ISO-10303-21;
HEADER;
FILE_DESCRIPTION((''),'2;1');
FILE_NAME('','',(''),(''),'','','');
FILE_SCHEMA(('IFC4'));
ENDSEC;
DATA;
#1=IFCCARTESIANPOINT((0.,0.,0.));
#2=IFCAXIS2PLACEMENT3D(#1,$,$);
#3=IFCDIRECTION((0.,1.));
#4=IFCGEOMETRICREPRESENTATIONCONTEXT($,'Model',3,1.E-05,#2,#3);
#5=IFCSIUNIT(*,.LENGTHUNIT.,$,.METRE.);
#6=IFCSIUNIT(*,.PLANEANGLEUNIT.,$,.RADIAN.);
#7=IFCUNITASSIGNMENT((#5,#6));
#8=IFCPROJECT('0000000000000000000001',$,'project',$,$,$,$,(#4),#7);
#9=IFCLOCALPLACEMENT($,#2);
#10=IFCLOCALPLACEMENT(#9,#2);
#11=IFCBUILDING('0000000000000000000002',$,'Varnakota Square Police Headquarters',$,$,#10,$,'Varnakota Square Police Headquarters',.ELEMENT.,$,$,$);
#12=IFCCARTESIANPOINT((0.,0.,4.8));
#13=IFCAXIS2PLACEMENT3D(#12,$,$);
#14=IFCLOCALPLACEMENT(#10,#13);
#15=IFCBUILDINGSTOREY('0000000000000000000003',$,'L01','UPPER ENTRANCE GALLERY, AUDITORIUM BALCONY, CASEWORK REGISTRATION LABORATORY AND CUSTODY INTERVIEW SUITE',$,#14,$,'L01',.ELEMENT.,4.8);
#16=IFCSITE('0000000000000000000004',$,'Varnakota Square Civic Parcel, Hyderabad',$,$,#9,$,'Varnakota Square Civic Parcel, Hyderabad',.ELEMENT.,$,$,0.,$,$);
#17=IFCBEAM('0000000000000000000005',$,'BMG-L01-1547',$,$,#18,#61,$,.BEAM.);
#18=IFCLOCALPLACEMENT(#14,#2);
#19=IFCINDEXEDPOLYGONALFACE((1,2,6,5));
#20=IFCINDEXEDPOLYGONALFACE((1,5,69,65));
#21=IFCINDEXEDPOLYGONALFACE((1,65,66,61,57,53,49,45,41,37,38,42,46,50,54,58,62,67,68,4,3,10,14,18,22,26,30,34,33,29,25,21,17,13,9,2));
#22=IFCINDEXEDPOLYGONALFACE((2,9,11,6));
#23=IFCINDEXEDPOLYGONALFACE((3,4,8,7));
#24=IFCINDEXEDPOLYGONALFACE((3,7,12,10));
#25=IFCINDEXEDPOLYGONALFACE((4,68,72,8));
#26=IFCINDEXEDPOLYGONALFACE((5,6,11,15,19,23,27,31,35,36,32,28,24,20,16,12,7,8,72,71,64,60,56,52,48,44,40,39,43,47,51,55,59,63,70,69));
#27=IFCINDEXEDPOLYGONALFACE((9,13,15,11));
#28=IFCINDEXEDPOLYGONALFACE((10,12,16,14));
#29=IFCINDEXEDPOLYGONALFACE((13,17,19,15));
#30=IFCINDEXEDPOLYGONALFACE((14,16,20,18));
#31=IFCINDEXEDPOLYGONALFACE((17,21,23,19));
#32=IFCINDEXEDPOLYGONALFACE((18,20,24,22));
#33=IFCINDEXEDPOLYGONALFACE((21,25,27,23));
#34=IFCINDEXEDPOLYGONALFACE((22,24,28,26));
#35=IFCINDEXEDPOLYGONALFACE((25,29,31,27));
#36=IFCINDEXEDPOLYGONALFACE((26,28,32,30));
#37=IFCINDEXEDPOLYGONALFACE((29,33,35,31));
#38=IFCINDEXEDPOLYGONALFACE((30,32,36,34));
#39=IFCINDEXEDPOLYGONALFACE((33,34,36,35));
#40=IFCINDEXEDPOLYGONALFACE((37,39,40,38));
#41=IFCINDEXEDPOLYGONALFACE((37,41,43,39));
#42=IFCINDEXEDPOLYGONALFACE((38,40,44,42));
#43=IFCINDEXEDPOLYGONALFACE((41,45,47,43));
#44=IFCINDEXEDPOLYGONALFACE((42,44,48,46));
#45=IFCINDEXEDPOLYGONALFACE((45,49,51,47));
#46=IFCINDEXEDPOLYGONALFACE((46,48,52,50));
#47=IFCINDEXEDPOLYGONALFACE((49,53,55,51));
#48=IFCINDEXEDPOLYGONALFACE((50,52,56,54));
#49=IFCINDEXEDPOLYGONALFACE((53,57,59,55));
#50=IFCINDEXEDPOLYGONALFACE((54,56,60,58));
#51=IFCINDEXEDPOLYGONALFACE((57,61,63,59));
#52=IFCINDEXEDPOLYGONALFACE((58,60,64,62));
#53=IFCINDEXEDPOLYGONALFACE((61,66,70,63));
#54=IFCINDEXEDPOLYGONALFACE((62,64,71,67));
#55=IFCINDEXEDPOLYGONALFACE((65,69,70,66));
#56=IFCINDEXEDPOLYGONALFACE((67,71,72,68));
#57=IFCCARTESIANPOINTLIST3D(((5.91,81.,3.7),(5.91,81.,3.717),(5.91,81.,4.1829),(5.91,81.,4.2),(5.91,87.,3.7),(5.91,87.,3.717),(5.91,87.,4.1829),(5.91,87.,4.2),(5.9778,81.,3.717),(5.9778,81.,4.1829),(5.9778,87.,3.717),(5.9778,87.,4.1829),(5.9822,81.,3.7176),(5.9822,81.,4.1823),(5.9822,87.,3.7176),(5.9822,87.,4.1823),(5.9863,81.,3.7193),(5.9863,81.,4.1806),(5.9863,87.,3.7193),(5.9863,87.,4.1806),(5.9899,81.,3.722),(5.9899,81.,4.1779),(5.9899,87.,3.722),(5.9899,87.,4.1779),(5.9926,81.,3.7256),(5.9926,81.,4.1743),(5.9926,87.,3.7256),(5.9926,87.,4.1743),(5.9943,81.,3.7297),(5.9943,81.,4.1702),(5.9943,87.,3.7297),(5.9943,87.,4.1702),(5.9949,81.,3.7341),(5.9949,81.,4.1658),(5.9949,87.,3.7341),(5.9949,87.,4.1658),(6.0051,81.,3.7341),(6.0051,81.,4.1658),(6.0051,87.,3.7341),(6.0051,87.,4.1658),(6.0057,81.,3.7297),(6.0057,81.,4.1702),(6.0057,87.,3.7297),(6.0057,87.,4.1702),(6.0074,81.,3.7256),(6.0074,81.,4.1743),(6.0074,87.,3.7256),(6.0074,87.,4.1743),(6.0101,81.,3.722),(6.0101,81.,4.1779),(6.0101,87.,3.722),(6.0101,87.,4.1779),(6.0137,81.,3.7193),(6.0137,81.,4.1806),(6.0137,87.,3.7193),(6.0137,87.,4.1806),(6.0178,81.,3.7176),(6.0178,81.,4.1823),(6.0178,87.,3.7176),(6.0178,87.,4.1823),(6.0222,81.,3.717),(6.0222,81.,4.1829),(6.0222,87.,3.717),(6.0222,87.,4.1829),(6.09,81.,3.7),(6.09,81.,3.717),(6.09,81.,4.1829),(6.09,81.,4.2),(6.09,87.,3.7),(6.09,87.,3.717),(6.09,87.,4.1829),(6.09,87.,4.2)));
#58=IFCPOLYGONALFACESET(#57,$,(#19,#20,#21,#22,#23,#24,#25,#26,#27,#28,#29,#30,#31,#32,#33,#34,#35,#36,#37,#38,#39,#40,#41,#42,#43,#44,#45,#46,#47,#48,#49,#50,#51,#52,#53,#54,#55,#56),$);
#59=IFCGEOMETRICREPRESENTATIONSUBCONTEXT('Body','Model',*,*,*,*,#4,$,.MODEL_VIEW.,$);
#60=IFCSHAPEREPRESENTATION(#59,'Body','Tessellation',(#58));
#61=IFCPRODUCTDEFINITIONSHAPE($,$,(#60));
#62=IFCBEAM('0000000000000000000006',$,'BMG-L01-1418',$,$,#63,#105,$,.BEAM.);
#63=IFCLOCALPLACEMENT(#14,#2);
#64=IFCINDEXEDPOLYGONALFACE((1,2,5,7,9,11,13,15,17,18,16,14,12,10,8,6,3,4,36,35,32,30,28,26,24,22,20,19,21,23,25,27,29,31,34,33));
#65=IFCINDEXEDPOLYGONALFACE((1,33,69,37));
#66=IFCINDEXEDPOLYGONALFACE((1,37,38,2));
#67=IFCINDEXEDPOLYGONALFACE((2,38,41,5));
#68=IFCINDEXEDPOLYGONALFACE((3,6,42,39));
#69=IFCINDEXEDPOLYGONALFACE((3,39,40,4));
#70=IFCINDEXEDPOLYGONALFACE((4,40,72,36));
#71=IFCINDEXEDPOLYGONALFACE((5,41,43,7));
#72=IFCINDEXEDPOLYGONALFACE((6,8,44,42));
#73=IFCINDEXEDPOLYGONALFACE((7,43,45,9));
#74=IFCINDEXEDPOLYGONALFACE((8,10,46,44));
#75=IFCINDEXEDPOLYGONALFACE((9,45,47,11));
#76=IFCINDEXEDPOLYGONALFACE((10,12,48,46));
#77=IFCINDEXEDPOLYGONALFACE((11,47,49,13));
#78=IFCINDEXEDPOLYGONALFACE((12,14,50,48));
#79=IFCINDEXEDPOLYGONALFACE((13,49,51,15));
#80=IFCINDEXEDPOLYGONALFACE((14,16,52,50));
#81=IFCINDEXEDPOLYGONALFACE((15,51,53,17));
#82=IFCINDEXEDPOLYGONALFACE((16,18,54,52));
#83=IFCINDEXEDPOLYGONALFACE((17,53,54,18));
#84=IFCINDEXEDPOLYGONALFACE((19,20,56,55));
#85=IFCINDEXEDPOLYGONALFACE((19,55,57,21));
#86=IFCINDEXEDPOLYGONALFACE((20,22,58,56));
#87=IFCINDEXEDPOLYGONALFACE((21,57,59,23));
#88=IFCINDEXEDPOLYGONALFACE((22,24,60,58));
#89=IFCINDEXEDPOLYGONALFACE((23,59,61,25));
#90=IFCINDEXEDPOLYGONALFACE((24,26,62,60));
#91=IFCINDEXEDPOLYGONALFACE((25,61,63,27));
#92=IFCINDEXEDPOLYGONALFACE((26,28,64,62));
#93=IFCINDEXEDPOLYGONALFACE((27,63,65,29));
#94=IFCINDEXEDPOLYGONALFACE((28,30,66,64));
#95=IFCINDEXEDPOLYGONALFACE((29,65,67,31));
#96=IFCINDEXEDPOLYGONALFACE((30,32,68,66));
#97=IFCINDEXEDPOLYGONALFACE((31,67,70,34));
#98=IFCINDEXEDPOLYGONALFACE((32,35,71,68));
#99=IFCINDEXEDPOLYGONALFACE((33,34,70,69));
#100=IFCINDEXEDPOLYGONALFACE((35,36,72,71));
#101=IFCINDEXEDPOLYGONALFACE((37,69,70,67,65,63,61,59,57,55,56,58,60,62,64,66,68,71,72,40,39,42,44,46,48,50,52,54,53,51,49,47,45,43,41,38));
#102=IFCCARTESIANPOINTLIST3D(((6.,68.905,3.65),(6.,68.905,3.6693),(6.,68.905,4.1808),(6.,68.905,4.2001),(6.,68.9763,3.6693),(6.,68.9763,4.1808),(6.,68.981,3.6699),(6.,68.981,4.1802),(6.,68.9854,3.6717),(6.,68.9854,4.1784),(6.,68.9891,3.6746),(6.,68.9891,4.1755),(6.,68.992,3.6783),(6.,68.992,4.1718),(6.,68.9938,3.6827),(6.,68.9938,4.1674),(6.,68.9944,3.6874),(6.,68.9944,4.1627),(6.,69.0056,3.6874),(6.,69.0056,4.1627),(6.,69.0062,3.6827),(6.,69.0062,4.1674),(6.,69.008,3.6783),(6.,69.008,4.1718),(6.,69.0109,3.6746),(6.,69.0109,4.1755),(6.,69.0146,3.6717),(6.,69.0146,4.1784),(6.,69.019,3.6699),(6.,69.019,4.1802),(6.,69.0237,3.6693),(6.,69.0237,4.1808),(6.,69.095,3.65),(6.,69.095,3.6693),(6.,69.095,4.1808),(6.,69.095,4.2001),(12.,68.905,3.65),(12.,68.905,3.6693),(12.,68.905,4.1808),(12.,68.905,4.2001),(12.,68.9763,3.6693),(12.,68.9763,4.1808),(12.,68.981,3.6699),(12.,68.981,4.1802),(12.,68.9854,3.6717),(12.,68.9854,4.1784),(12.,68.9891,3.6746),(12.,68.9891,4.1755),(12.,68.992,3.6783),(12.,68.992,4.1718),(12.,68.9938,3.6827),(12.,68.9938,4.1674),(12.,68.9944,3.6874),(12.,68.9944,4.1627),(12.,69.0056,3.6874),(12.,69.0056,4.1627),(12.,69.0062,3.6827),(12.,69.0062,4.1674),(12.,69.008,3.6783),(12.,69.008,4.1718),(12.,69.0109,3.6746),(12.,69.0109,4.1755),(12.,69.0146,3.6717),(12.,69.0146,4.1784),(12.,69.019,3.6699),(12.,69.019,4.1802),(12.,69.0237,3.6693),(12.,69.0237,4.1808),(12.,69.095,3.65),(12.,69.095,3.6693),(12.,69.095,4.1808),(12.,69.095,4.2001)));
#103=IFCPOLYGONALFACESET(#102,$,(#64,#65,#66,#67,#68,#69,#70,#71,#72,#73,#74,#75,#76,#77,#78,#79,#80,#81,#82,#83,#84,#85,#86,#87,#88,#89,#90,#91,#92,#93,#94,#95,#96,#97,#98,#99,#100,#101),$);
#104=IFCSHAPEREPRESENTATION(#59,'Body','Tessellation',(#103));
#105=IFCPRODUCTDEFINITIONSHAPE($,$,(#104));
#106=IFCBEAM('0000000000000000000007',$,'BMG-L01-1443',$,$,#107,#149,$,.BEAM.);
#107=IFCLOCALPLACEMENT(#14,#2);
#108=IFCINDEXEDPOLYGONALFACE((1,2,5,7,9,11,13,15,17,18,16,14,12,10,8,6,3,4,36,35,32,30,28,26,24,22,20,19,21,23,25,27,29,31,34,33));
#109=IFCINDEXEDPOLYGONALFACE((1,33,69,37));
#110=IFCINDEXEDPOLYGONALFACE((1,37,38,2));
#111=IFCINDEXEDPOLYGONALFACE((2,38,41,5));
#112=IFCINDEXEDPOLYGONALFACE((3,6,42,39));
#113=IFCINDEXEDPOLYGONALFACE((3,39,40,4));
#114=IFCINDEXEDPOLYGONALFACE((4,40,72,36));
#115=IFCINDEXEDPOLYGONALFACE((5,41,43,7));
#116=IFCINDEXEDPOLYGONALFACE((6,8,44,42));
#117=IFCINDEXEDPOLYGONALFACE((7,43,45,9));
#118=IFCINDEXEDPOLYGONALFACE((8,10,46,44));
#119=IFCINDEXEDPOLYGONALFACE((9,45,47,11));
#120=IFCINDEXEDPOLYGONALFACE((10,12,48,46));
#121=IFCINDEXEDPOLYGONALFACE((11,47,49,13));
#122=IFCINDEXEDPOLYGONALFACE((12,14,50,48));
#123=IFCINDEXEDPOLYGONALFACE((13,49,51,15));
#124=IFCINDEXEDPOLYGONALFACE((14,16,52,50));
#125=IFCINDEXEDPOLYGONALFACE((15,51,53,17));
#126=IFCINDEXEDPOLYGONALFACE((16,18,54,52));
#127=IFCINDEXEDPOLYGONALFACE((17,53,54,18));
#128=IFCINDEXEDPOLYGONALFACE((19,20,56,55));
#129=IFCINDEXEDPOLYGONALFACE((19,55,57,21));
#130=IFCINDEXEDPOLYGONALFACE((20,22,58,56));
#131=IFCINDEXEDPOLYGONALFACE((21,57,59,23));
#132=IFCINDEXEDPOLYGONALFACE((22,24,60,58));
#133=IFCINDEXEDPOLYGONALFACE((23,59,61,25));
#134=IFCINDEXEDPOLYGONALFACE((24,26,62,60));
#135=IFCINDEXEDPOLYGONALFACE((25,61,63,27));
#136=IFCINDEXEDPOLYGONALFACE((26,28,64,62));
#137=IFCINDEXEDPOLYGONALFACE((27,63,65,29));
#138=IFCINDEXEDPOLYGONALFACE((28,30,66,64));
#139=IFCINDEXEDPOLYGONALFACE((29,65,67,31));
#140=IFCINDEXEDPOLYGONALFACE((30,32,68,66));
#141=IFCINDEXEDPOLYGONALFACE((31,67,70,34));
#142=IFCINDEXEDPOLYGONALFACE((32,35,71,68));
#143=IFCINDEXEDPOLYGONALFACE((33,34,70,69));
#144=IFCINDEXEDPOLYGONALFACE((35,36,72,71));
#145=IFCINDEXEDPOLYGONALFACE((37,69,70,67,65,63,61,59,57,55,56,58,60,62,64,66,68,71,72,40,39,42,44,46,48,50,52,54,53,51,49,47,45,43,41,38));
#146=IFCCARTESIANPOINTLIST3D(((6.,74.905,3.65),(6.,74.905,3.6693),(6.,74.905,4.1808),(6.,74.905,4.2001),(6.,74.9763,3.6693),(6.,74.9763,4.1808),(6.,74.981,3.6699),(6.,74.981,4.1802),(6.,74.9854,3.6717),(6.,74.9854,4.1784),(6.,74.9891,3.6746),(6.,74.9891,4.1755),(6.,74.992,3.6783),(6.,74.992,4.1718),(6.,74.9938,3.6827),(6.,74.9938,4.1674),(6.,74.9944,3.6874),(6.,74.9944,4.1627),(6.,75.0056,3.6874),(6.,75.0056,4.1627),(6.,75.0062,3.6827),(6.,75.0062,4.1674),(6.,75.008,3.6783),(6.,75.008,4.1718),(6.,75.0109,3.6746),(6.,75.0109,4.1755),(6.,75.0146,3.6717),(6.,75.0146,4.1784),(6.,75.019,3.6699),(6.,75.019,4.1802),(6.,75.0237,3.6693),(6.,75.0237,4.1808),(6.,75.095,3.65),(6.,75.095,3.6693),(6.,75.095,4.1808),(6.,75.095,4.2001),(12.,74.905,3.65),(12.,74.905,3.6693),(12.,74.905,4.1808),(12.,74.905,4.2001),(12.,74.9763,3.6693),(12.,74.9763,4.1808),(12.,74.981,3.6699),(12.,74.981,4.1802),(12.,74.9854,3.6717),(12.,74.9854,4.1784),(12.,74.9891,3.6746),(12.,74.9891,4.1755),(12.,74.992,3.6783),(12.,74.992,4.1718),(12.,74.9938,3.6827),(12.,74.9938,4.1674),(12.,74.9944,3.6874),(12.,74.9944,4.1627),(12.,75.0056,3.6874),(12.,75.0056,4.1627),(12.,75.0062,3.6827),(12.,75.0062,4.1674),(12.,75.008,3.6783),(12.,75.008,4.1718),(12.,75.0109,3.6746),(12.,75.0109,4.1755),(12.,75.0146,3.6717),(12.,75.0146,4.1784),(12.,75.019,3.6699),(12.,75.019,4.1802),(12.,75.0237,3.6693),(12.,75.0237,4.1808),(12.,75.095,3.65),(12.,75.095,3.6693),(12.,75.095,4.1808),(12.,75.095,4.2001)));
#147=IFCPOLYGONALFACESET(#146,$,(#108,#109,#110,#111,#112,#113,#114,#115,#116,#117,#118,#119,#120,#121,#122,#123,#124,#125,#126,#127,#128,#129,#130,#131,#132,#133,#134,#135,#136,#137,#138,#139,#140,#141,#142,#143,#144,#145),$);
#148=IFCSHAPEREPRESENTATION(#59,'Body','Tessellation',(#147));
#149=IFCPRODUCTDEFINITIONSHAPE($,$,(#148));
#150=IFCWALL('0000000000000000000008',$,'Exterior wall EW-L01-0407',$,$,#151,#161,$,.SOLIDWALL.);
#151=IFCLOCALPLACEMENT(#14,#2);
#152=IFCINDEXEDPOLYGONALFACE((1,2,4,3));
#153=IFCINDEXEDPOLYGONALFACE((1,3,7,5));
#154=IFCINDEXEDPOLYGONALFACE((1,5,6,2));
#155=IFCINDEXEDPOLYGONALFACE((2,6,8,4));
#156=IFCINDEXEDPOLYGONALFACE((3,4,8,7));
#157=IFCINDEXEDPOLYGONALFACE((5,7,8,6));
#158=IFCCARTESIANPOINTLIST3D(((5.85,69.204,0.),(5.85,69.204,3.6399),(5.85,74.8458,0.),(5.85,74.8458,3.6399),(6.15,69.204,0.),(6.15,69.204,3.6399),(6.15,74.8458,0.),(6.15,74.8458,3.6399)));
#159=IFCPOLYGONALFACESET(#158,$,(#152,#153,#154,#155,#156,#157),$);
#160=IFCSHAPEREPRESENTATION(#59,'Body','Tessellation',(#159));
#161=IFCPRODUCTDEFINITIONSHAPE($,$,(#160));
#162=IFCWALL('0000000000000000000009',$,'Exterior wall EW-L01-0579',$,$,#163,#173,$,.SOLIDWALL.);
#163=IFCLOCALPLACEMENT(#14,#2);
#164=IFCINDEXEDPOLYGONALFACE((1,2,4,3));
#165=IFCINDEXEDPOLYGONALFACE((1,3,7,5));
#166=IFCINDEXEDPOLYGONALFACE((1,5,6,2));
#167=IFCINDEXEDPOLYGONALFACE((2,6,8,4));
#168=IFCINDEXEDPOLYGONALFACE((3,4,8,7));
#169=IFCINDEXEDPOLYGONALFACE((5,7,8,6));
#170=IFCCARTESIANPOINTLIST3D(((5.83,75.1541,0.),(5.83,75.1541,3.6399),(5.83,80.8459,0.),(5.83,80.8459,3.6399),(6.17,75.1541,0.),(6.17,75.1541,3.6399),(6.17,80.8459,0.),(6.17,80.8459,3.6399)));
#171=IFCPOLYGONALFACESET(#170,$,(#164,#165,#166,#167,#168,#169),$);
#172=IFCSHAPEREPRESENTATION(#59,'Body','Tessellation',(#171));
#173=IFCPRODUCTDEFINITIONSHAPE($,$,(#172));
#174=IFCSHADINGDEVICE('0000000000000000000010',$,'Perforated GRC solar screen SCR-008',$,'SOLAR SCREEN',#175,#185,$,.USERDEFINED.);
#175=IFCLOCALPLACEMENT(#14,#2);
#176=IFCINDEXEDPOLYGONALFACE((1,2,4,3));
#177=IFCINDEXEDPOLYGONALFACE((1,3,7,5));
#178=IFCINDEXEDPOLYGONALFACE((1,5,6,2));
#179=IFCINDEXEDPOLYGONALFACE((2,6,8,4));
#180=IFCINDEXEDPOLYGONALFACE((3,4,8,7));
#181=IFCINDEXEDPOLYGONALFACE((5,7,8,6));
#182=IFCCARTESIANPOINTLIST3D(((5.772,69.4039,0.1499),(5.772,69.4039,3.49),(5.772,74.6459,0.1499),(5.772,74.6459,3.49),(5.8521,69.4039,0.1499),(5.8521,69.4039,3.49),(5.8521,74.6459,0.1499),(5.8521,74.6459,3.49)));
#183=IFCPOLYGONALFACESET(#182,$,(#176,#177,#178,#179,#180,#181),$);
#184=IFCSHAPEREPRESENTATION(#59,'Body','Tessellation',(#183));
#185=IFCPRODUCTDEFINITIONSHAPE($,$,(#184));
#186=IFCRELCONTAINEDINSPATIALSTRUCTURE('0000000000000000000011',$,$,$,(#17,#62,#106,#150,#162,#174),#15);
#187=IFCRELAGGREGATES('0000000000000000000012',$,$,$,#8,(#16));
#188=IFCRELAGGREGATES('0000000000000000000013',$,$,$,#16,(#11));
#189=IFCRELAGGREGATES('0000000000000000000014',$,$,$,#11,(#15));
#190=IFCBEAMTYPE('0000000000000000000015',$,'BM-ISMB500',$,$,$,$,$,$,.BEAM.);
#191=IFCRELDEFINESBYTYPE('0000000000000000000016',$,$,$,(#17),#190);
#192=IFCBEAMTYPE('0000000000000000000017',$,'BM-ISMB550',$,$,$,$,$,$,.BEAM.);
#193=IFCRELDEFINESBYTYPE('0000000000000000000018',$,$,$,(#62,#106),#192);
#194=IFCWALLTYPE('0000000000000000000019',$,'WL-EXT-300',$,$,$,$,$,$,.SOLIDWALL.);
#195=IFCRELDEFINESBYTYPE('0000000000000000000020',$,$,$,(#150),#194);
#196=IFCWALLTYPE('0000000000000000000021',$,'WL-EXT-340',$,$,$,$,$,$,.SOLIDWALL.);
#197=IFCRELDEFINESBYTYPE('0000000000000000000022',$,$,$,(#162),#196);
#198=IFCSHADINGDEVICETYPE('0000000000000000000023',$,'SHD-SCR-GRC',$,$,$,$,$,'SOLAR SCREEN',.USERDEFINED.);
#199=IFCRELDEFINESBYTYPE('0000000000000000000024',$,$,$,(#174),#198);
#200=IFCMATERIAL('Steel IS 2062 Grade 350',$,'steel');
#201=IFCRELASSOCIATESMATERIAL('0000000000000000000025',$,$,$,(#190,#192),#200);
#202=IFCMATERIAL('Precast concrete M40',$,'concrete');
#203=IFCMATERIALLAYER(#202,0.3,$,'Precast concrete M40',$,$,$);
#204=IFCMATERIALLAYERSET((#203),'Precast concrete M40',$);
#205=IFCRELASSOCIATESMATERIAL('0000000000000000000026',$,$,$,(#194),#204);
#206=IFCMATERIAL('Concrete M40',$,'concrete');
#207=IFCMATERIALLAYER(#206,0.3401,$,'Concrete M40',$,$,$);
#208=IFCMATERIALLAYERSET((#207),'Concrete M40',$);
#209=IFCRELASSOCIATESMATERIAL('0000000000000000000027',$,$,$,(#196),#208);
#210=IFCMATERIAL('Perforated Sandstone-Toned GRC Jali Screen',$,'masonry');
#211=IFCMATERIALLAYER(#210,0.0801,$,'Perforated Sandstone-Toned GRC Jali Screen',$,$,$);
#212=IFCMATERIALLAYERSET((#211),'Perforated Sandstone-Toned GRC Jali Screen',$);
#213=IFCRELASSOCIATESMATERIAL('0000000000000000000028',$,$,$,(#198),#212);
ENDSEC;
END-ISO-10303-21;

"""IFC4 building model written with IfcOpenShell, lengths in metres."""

from ifc_helpers import new_model, si_unit, direction, frame, frame_2d, origin, origin_2d, place, context, subcontext, project, spatial, rectangle, i_section, extrude, material, layer, layer_set, material_profile, profile_set, type_object, element, save


model = new_model("IFC4")

# Units and contexts
model_context = context("Model", 3, precision=1e-05, world=origin(), true_north=direction((0.0, 1.0)))
body_context = subcontext(model_context, "Body", "Model", "MODEL_VIEW")
ifc_project = project(units=[si_unit("LENGTHUNIT", "METRE"), si_unit("PLANEANGLEUNIT", "RADIAN")], contexts=[model_context])

# Site, building, storey
site_placement = place(None, origin())
site = spatial("IfcSite", under=ifc_project, at=site_placement, Name="Varnakota Square Civic Parcel, Hyderabad", LongName="Varnakota Square Civic Parcel, Hyderabad", CompositionType="ELEMENT", RefElevation=0.0)
building_placement = place(site_placement, origin())
building = spatial("IfcBuilding", under=site, at=building_placement, Name="Varnakota Square Police Headquarters", LongName="Varnakota Square Police Headquarters", CompositionType="ELEMENT")
storey_placement = place(building_placement, frame((0.0, 0.0, 4.8)))
storey = spatial("IfcBuildingStorey", under=building, at=storey_placement, Name="L01", Description="UPPER ENTRANCE GALLERY, AUDITORIUM BALCONY, CASEWORK REGISTRATION LABORATORY AND CUSTODY INTERVIEW SUITE", LongName="L01", CompositionType="ELEMENT", Elevation=4.8)

# Shared definitions
ifc_material_1 = material(Name="Steel IS 2062 Grade 350", Category="steel")

# Beams
ifc_material_profile_1 = material_profile(ifc_material_1, i_section(OverallWidth=0.1799, OverallDepth=0.5, WebThickness=0.0103, FlangeThickness=0.0171, FilletRadius=0.0171, at=origin_2d()), Name="ISMB 500")
ifc_profile_set_1 = profile_set([ifc_material_profile_1], Name="Steel IS 2062 Grade 350")
beam_type_1 = type_object("IfcBeamType", Name="BM-ISMB500", PredefinedType="BEAM", material=ifc_profile_set_1)
beam_1_placement = place(storey_placement, frame((6.0, 81.0, 3.95), z_axis=(0.0, 1.0, 0.0), x_axis=(-1.0, 0.0, 0.0)))
element("IfcBeam", 1, at=beam_1_placement, inside=storey, type_object=beam_type_1, Name="BMG-L01-1547", PredefinedType="BEAM", context=body_context, shape_type="SweptSolid", body=[
    extrude(i_section(OverallWidth=0.1799, OverallDepth=0.5, WebThickness=0.0103, FlangeThickness=0.0171, FilletRadius=0.0171, at=origin_2d()), origin(), (0.0, 0.0, 1.0), 6.0),
])
ifc_material_profile_2 = material_profile(ifc_material_1, i_section(OverallWidth=0.1899, OverallDepth=0.55, WebThickness=0.0112, FlangeThickness=0.0193, FilletRadius=0.0181, at=origin_2d()), Name="ISMB 550")
ifc_profile_set_2 = profile_set([ifc_material_profile_2], Name="Steel IS 2062 Grade 350")
beam_type_2 = type_object("IfcBeamType", Name="BM-ISMB550", PredefinedType="BEAM", material=ifc_profile_set_2)
for number, where, z_axis, x_axis, name in (
    (2, (6.0, 69.0, 3.925), (1.0, 0.0, 0.0), (0.0, 1.0, 0.0), "BMG-L01-1418"),
    (3, (6.0, 75.0, 3.925), (1.0, 0.0, 0.0), (0.0, 1.0, 0.0), "BMG-L01-1443"),
):
    element("IfcBeam", number, at=place(storey_placement, frame(where, z_axis=z_axis, x_axis=x_axis)), inside=storey, type_object=beam_type_2, Name=name, PredefinedType="BEAM", context=body_context, shape_type="SweptSolid", body=[
        extrude(i_section(OverallWidth=0.1899, OverallDepth=0.55, WebThickness=0.0112, FlangeThickness=0.0193, FilletRadius=0.0181, at=origin_2d()), origin(), (0.0, 0.0, 1.0), 6.0),
    ])

# Walls
ifc_material_2 = material(Name="Precast concrete M40", Category="concrete")
ifc_layer_1 = layer(ifc_material_2, 0.3, Name="Precast concrete M40")
ifc_layer_set_1 = layer_set([ifc_layer_1], Name="Precast concrete M40")
wall_type_1 = type_object("IfcWallType", Name="WL-EXT-300", PredefinedType="SOLIDWALL", material=ifc_layer_set_1)
wall_1_placement = place(storey_placement, frame((6.0, 69.2041, 0.0), z_axis=(0.0, 0.0, 1.0), x_axis=(0.0, 1.0, 0.0)))
element("IfcWall", 4, at=wall_1_placement, inside=storey, type_object=wall_type_1, Name="Exterior wall EW-L01-0407", PredefinedType="SOLIDWALL", context=body_context, shape_type="SweptSolid", body=[
    extrude(rectangle(XDim=5.6418, YDim=0.3, at=frame_2d((2.8208, 0.0))), origin(), (0.0, 0.0, 1.0), 3.6399),
])
ifc_material_3 = material(Name="Concrete M40", Category="concrete")
ifc_layer_2 = layer(ifc_material_3, 0.3401, Name="Concrete M40")
ifc_layer_set_2 = layer_set([ifc_layer_2], Name="Concrete M40")
wall_type_2 = type_object("IfcWallType", Name="WL-EXT-340", PredefinedType="SOLIDWALL", material=ifc_layer_set_2)
wall_2_placement = place(storey_placement, frame((6.0, 75.1541, 0.0), z_axis=(0.0, 0.0, 1.0), x_axis=(0.0, 1.0, 0.0)))
element("IfcWall", 5, at=wall_2_placement, inside=storey, type_object=wall_type_2, Name="Exterior wall EW-L01-0579", PredefinedType="SOLIDWALL", context=body_context, shape_type="SweptSolid", body=[
    extrude(rectangle(XDim=5.6919, YDim=0.3401, at=frame_2d((2.8459, 0.0))), origin(), (0.0, 0.0, 1.0), 3.6399),
])

# Shading device
ifc_material_4 = material(Name="Perforated Sandstone-Toned GRC Jali Screen", Category="masonry")
ifc_layer_3 = layer(ifc_material_4, 0.0801, Name="Perforated Sandstone-Toned GRC Jali Screen")
ifc_layer_set_3 = layer_set([ifc_layer_3], Name="Perforated Sandstone-Toned GRC Jali Screen")
shading_device_type = type_object("IfcShadingDeviceType", Name="SHD-SCR-GRC", ElementType="SOLAR SCREEN", PredefinedType="USERDEFINED", material=ifc_layer_set_3)
shading_device_1_placement = place(storey_placement, frame((5.812, 72.0249, 0.1499), z_axis=(0.0, 0.0, 1.0), x_axis=(0.0, 1.0, 0.0)))
element("IfcShadingDevice", 6, at=shading_device_1_placement, inside=storey, type_object=shading_device_type, Name="Perforated GRC solar screen SCR-008", ObjectType="SOLAR SCREEN", PredefinedType="USERDEFINED", context=body_context, shape_type="SweptSolid", body=[
    extrude(rectangle(XDim=5.2419, YDim=0.0801, at=origin_2d()), origin(), (0.0, 0.0, 1.0), 3.3401),
])

save(model, "model.ifc")
